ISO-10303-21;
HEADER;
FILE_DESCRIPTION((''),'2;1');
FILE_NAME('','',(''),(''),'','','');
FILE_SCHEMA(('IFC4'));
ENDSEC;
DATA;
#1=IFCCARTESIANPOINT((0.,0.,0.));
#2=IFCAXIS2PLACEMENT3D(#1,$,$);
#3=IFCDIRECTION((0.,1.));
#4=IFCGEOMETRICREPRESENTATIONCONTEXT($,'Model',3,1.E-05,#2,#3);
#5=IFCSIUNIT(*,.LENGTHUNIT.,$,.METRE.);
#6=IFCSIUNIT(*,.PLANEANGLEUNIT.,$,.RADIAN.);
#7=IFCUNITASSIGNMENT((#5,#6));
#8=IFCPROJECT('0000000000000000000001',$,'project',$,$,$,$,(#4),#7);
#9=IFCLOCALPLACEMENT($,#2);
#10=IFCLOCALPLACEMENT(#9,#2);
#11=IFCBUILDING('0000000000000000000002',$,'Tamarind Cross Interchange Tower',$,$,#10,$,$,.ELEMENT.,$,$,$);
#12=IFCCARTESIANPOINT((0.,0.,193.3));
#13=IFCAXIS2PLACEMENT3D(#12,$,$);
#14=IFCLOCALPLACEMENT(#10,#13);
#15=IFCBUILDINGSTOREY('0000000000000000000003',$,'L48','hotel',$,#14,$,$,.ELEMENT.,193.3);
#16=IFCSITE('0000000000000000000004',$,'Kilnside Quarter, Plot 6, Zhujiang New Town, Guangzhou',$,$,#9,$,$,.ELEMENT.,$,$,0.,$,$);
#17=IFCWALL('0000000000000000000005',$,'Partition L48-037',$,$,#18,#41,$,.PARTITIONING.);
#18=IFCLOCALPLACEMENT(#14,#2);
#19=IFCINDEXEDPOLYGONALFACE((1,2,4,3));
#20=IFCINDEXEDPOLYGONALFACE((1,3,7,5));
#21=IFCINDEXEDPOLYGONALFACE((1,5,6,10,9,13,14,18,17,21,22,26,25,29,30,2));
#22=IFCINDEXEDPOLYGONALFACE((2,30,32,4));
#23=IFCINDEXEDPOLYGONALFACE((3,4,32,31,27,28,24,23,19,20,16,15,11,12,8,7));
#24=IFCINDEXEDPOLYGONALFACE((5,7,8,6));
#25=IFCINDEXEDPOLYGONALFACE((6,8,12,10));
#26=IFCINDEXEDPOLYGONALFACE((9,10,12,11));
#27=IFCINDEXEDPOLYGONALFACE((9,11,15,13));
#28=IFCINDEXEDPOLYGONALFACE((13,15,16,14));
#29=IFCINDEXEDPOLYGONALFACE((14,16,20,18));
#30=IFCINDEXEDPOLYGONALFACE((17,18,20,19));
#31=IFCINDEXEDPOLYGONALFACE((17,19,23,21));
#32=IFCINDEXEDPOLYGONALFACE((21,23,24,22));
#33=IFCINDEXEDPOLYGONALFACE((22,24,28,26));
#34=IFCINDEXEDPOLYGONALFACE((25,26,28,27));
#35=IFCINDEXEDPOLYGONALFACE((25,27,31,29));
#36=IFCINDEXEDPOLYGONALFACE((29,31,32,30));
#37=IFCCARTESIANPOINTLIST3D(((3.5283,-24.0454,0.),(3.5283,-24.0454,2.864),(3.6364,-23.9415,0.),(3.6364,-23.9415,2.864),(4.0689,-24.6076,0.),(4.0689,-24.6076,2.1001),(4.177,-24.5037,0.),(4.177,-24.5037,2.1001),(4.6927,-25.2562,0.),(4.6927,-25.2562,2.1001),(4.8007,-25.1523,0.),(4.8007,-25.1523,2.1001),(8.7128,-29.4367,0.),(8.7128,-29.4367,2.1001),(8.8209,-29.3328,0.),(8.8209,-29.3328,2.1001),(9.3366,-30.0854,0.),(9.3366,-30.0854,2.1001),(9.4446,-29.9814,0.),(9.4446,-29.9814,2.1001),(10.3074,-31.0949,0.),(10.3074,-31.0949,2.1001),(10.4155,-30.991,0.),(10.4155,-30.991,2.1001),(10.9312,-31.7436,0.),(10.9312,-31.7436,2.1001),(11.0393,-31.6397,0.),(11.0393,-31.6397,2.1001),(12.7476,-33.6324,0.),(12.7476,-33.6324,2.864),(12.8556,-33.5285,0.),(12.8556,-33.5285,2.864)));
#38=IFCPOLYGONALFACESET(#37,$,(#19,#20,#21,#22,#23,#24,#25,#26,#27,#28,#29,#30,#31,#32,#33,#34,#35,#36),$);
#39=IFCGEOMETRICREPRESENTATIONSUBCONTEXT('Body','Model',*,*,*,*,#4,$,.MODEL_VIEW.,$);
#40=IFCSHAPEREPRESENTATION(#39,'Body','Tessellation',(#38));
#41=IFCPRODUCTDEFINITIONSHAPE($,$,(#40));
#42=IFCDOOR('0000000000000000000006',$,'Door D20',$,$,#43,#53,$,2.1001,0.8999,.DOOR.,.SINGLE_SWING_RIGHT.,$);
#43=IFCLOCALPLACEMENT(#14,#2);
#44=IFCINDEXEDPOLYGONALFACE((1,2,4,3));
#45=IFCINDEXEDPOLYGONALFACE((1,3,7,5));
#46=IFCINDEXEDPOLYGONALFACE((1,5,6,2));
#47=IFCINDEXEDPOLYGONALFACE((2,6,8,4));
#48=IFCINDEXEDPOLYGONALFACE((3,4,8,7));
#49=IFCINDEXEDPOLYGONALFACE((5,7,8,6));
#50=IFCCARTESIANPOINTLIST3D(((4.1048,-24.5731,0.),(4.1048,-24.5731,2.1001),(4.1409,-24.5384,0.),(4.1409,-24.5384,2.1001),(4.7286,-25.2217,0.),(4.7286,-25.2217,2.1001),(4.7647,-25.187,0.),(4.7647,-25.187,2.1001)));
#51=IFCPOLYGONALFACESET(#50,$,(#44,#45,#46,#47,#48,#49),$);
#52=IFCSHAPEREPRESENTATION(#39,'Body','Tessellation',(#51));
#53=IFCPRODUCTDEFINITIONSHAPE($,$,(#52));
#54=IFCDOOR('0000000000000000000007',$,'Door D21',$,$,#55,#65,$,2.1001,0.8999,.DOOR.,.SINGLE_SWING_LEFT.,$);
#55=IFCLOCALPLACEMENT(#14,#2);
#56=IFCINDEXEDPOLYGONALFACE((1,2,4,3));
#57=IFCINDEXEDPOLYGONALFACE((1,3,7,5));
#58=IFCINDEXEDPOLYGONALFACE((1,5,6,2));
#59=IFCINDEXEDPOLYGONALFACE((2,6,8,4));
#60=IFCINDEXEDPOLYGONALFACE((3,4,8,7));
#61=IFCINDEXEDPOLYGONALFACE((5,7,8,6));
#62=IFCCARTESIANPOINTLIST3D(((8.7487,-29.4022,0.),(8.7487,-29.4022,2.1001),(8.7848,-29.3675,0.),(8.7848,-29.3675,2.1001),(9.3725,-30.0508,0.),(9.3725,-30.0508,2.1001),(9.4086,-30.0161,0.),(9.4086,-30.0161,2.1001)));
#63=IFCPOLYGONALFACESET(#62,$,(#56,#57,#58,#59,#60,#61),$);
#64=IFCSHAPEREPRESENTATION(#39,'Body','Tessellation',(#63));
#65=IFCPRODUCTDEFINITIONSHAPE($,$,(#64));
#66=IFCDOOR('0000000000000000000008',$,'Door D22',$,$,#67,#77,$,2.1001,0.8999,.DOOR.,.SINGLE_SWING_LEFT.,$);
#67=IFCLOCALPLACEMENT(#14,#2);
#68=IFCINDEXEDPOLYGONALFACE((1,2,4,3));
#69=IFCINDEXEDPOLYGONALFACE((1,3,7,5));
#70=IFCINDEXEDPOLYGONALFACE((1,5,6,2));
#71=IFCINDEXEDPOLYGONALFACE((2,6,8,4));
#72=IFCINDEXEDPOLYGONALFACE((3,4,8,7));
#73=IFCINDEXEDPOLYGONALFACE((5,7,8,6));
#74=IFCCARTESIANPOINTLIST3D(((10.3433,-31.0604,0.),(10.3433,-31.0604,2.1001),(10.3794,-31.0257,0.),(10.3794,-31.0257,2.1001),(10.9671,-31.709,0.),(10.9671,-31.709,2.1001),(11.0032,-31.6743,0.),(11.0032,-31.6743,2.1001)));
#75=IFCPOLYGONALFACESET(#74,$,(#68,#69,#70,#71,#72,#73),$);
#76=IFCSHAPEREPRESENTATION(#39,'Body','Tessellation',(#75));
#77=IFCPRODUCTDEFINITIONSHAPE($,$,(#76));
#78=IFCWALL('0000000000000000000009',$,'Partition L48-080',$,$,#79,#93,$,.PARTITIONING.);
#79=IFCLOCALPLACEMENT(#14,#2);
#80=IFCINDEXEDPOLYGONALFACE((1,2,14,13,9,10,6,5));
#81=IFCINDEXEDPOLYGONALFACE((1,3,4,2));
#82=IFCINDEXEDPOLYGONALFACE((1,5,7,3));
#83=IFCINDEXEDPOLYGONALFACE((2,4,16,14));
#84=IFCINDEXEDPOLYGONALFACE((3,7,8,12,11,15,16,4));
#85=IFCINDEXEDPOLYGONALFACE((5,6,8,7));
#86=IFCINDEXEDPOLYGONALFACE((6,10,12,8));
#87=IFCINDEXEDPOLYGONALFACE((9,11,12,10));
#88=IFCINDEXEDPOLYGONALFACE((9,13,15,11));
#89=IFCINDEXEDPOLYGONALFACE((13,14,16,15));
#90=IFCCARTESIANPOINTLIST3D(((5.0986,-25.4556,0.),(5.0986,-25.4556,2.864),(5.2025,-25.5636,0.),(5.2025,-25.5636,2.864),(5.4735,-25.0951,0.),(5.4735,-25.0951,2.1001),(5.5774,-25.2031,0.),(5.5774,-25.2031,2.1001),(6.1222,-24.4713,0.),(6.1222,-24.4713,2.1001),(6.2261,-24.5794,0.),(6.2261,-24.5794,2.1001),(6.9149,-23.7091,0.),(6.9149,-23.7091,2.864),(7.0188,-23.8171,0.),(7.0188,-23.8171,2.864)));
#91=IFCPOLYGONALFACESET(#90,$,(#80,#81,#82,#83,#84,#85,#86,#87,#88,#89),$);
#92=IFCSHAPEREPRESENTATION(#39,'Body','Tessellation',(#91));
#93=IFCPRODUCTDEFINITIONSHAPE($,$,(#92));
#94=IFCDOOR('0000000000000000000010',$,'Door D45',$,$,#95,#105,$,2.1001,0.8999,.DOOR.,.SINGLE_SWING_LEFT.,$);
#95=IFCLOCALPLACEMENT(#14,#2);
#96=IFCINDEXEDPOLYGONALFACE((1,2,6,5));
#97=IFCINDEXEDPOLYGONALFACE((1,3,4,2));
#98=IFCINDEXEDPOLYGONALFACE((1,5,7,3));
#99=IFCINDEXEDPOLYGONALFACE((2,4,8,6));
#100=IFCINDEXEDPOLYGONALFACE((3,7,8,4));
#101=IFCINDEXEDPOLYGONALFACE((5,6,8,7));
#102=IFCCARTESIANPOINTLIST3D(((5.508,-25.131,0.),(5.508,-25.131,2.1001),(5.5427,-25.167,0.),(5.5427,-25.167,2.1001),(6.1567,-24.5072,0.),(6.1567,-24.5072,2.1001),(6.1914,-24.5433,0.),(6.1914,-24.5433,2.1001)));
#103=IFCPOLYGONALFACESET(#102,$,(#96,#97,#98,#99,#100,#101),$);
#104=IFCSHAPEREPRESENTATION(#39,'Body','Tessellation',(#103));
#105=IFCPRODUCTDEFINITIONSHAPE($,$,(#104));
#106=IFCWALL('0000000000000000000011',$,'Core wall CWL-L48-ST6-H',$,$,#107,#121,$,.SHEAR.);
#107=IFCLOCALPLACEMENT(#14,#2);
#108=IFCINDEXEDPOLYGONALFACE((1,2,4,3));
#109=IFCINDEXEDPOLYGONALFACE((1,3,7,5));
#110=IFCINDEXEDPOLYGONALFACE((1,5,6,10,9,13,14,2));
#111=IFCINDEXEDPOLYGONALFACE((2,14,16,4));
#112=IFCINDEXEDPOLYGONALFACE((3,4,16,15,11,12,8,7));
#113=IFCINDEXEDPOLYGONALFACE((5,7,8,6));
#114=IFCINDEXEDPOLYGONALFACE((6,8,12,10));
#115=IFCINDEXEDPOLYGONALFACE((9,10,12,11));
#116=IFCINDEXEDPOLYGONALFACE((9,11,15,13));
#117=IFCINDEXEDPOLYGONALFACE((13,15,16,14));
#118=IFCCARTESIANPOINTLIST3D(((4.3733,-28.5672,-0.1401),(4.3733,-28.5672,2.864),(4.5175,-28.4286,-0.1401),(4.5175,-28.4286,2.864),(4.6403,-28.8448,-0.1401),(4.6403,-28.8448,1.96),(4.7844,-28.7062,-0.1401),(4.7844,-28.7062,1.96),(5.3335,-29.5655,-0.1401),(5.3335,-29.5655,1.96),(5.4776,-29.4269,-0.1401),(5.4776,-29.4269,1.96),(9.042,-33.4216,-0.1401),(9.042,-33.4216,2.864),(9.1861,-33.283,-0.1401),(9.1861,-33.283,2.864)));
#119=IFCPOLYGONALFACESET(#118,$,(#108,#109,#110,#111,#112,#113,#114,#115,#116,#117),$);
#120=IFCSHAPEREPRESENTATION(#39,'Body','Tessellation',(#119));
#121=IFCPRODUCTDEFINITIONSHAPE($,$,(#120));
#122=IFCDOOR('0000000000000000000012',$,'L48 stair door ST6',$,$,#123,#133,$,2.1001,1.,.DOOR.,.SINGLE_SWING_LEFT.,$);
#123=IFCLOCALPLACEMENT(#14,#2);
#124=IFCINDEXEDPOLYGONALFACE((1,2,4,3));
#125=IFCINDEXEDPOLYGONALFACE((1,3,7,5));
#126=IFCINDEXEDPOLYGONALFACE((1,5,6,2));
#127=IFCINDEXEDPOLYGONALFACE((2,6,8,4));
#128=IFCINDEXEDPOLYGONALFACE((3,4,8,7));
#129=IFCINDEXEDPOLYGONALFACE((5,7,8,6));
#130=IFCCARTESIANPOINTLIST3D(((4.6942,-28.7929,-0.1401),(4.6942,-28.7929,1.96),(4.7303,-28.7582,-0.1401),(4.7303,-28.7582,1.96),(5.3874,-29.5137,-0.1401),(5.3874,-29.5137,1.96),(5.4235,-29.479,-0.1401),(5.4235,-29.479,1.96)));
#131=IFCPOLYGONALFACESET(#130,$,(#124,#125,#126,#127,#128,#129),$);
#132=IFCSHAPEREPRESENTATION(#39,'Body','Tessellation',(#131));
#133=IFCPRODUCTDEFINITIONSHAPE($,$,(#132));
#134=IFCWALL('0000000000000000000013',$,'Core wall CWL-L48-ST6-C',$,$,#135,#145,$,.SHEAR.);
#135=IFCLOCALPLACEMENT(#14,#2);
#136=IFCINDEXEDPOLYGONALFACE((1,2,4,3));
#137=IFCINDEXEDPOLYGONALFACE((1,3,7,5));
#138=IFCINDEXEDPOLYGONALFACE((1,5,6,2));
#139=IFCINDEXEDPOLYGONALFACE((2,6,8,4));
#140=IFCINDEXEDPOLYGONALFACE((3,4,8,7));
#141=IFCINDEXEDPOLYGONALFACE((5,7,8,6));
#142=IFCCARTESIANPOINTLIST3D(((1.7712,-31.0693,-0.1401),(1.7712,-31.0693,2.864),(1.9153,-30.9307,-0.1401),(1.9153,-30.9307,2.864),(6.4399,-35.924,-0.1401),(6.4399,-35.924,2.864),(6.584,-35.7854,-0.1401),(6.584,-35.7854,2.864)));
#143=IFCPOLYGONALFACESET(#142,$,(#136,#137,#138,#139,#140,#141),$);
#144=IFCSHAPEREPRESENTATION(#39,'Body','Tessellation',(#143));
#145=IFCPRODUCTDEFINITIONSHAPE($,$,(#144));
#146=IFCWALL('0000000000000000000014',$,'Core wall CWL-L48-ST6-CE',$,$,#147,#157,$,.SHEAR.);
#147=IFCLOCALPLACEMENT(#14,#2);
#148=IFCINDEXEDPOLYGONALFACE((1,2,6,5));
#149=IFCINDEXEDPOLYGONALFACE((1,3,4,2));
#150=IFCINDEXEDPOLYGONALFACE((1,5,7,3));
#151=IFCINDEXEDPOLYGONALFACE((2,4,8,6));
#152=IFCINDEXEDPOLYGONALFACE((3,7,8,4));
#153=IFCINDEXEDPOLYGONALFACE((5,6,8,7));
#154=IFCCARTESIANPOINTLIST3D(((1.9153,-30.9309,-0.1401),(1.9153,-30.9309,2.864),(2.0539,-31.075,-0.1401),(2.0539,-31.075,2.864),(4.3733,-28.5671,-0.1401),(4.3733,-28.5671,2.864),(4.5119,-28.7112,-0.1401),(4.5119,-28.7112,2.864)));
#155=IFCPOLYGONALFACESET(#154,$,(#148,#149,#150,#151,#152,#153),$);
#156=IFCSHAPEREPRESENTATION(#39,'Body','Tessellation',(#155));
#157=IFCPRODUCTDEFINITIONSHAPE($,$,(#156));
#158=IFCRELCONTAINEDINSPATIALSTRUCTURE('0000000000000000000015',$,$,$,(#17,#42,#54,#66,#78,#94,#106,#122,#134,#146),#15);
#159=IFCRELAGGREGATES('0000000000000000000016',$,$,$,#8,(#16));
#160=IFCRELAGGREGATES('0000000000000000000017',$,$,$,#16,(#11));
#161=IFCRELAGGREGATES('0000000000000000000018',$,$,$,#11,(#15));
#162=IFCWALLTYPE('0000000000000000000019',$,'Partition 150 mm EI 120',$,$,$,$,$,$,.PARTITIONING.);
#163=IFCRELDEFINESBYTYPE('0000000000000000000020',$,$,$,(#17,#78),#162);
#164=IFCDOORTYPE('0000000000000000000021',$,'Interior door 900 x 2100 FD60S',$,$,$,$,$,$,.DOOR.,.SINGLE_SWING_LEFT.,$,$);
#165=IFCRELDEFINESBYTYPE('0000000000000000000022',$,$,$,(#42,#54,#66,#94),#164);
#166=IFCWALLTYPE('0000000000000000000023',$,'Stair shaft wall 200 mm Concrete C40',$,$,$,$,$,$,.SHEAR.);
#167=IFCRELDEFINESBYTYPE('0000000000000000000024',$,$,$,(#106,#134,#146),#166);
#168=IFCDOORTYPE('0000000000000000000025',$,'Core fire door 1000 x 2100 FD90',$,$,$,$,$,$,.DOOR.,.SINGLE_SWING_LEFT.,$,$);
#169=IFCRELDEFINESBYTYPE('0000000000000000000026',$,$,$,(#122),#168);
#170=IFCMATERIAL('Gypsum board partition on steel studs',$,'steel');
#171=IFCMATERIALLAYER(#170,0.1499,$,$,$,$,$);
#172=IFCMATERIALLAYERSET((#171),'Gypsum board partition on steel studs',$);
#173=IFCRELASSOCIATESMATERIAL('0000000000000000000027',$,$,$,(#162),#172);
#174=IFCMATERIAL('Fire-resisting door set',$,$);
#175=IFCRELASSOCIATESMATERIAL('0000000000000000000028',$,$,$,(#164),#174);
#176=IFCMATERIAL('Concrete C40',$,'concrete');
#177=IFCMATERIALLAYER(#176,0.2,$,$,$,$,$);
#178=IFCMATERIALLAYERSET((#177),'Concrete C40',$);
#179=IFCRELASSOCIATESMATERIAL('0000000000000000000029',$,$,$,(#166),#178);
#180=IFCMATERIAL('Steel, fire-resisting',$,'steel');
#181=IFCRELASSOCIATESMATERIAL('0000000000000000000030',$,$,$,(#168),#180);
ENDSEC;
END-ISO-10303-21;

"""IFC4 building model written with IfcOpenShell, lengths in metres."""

from ifc_helpers import new_model, si_unit, direction, frame, frame_2d, origin, place, context, subcontext, project, spatial, rectangle, extrude, material, layer, layer_set, type_object, element, fill, save


model = new_model("IFC4")

# Units and contexts
model_context = context("Model", 3, precision=1e-05, world=origin(), true_north=direction((0.0, 1.0)))
body_context = subcontext(model_context, "Body", "Model", "MODEL_VIEW")
ifc_project = project(units=[si_unit("LENGTHUNIT", "METRE"), si_unit("PLANEANGLEUNIT", "RADIAN")], contexts=[model_context])

# Site, building, storey
site_placement = place(None, origin())
site = spatial("IfcSite", under=ifc_project, at=site_placement, Name="Kilnside Quarter, Plot 6, Zhujiang New Town, Guangzhou", CompositionType="ELEMENT", RefElevation=0.0)
building_placement = place(site_placement, origin())
building = spatial("IfcBuilding", under=site, at=building_placement, Name="Tamarind Cross Interchange Tower", CompositionType="ELEMENT")
storey_placement = place(building_placement, frame((0.0, 0.0, 193.3)))
storey = spatial("IfcBuildingStorey", under=building, at=storey_placement, Name="L48", Description="hotel", CompositionType="ELEMENT", Elevation=193.3)

# Shared definitions
ifc_material_1 = material(Name="Gypsum board partition on steel studs", Category="steel")
ifc_layer_1 = layer(ifc_material_1, 0.1499)
ifc_layer_set_1 = layer_set([ifc_layer_1], Name="Gypsum board partition on steel studs")
wall_type_1 = type_object("IfcWallType", Name="Partition 150 mm EI 120", PredefinedType="PARTITIONING", material=ifc_layer_set_1)
ifc_material_2 = material(Name="Fire-resisting door set")
door_type_1 = type_object("IfcDoorType", Name="Interior door 900 x 2100 FD60S", OperationType="SINGLE_SWING_LEFT", PredefinedType="DOOR", material=ifc_material_2)

# Wall, openings, doors
wall_1_placement = place(storey_placement, frame((3.5823, -23.9934, 0.0), z_axis=(0.0, 0.0, 1.0), x_axis=(0.69315, -0.720794, 0.0)))
wall_1 = element("IfcWall", 1, at=wall_1_placement, inside=storey, type_object=wall_type_1, Name="Partition L48-037", PredefinedType="PARTITIONING", context=body_context, shape_type="SweptSolid", body=[
    extrude(rectangle(XDim=13.3005, YDim=0.1499, at=frame_2d((6.6504, 0.0))), origin(), (0.0, 0.0, 1.0), 2.864),
])
opening_1_placement = place(wall_1_placement, frame((0.78, 0.0, 0.0)))
opening_1 = element("IfcOpeningElement", 2, at=opening_1_placement, cuts=wall_1, PredefinedType="OPENING", context=body_context, shape_type="SweptSolid", body=[
    extrude(rectangle(XDim=0.8999, YDim=2.1001, at=frame_2d((0.45, 1.05))), frame((0.0, 0.085, 0.0), z_axis=(0.0, -1.0, 0.0), x_axis=(1.0, 0.0, 0.0)), (0.0, 0.0, 1.0), 0.1699),
])
opening_2_placement = place(wall_1_placement, frame((7.4797, 0.0, 0.0)))
opening_2 = element("IfcOpeningElement", 3, at=opening_2_placement, cuts=wall_1, PredefinedType="OPENING", context=body_context, shape_type="SweptSolid", body=[
    extrude(rectangle(XDim=0.8999, YDim=2.1001, at=frame_2d((0.45, 1.05))), frame((0.0, 0.085, 0.0), z_axis=(0.0, -1.0, 0.0), x_axis=(1.0, 0.0, 0.0)), (0.0, 0.0, 1.0), 0.1699),
])
opening_3_placement = place(wall_1_placement, frame((9.7803, 0.0, 0.0)))
opening_3 = element("IfcOpeningElement", 4, at=opening_3_placement, cuts=wall_1, PredefinedType="OPENING", context=body_context, shape_type="SweptSolid", body=[
    extrude(rectangle(XDim=0.8999, YDim=2.1001, at=frame_2d((0.45, 1.05))), frame((0.0, 0.085, 0.0), z_axis=(0.0, -1.0, 0.0), x_axis=(1.0, 0.0, 0.0)), (0.0, 0.0, 1.0), 0.1699),
])
door_1_placement = place(opening_1_placement, origin())
door_1 = element("IfcDoor", 5, at=door_1_placement, inside=storey, type_object=door_type_1, Name="Door D20", OperationType="SINGLE_SWING_RIGHT", OverallHeight=2.1001, OverallWidth=0.8999, PredefinedType="DOOR", context=body_context, shape_type="SweptSolid", body=[
    extrude(rectangle(XDim=0.8999, YDim=2.1001, at=frame_2d((0.45, 1.05))), frame((0.0, 0.0249, 0.0), z_axis=(0.0, -1.0, 0.0), x_axis=(1.0, 0.0, 0.0)), (0.0, 0.0, 1.0), 0.05),
])
fill(opening_1, door_1)
door_2_placement = place(opening_2_placement, origin())
door_2 = element("IfcDoor", 6, at=door_2_placement, inside=storey, type_object=door_type_1, Name="Door D21", OperationType="SINGLE_SWING_LEFT", OverallHeight=2.1001, OverallWidth=0.8999, PredefinedType="DOOR", context=body_context, shape_type="SweptSolid", body=[
    extrude(rectangle(XDim=0.8999, YDim=2.1001, at=frame_2d((0.45, 1.05))), frame((0.0, 0.0249, 0.0), z_axis=(0.0, -1.0, 0.0), x_axis=(1.0, 0.0, 0.0)), (0.0, 0.0, 1.0), 0.05),
])
fill(opening_2, door_2)
door_3_placement = place(opening_3_placement, origin())
door_3 = element("IfcDoor", 7, at=door_3_placement, inside=storey, type_object=door_type_1, Name="Door D22", OperationType="SINGLE_SWING_LEFT", OverallHeight=2.1001, OverallWidth=0.8999, PredefinedType="DOOR", context=body_context, shape_type="SweptSolid", body=[
    extrude(rectangle(XDim=0.8999, YDim=2.1001, at=frame_2d((0.45, 1.05))), frame((0.0, 0.0249, 0.0), z_axis=(0.0, -1.0, 0.0), x_axis=(1.0, 0.0, 0.0)), (0.0, 0.0, 1.0), 0.05),
])
fill(opening_3, door_3)

# Walls, openings, doors
wall_2_placement = place(storey_placement, frame((5.1506, -25.5095, 0.0), z_axis=(0.0, 0.0, 1.0), x_axis=(0.720826, 0.693116, 0.0)))
wall_2 = element("IfcWall", 8, at=wall_2_placement, inside=storey, type_object=wall_type_1, Name="Partition L48-080", PredefinedType="PARTITIONING", context=body_context, shape_type="SweptSolid", body=[
    extrude(rectangle(XDim=2.5198, YDim=0.1499, at=frame_2d((1.2598, 0.0))), origin(), (0.0, 0.0, 1.0), 2.864),
])
opening_4_placement = place(wall_2_placement, frame((0.52, 0.0, 0.0)))
opening_4 = element("IfcOpeningElement", 9, at=opening_4_placement, cuts=wall_2, PredefinedType="OPENING", context=body_context, shape_type="SweptSolid", body=[
    extrude(rectangle(XDim=0.8999, YDim=2.1001, at=frame_2d((0.45, 1.05))), frame((0.0, 0.085, 0.0), z_axis=(0.0, -1.0, 0.0), x_axis=(1.0, 0.0, 0.0)), (0.0, 0.0, 1.0), 0.1699),
])
door_4_placement = place(opening_4_placement, frame((0.8999, 0.0, 0.0), z_axis=(0.0, 0.0, 1.0), x_axis=(-1.0, 0.0, 0.0)))
door_4 = element("IfcDoor", 10, at=door_4_placement, inside=storey, type_object=door_type_1, Name="Door D45", OperationType="SINGLE_SWING_LEFT", OverallHeight=2.1001, OverallWidth=0.8999, PredefinedType="DOOR", context=body_context, shape_type="SweptSolid", body=[
    extrude(rectangle(XDim=0.8999, YDim=2.1001, at=frame_2d((0.45, 1.05))), frame((0.0, 0.0249, 0.0), z_axis=(0.0, -1.0, 0.0), x_axis=(1.0, 0.0, 0.0)), (0.0, 0.0, 1.0), 0.05),
])
fill(opening_4, door_4)
ifc_material_3 = material(Name="Concrete C40", Category="concrete")
ifc_layer_2 = layer(ifc_material_3, 0.2)
ifc_layer_set_2 = layer_set([ifc_layer_2], Name="Concrete C40")
wall_type_2 = type_object("IfcWallType", Name="Stair shaft wall 200 mm Concrete C40", PredefinedType="SHEAR", material=ifc_layer_set_2)
wall_3_placement = place(storey_placement, frame((4.4453, -28.4978, -0.1401), z_axis=(0.0, 0.0, 1.0), x_axis=(0.69318, -0.720765, 0.0)))
wall_3 = element("IfcWall", 11, at=wall_3_placement, inside=storey, type_object=wall_type_2, Name="Core wall CWL-L48-ST6-H", PredefinedType="SHEAR", context=body_context, shape_type="SweptSolid", body=[
    extrude(rectangle(XDim=6.7351, YDim=0.2, at=frame_2d((3.3677, 0.0))), origin(), (0.0, 0.0, 1.0), 3.0042),
])
opening_5_placement = place(wall_3_placement, frame((0.3853, 0.0, 0.0)))
opening_5 = element("IfcOpeningElement", 12, at=opening_5_placement, cuts=wall_3, PredefinedType="OPENING", context=body_context, shape_type="SweptSolid", body=[
    extrude(rectangle(XDim=1.0, YDim=2.1001, at=frame_2d((0.5, 1.05))), frame((0.0, 0.1099, 0.0), z_axis=(0.0, -1.0, 0.0), x_axis=(1.0, 0.0, 0.0)), (0.0, 0.0, 1.0), 0.22),
])
ifc_material_4 = material(Name="Steel, fire-resisting", Category="steel")
door_type_2 = type_object("IfcDoorType", Name="Core fire door 1000 x 2100 FD90", OperationType="SINGLE_SWING_LEFT", PredefinedType="DOOR", material=ifc_material_4)
door_5_placement = place(opening_5_placement, origin())
door_5 = element("IfcDoor", 13, at=door_5_placement, inside=storey, type_object=door_type_2, Name="L48 stair door ST6", OperationType="SINGLE_SWING_LEFT", OverallHeight=2.1001, OverallWidth=1.0, PredefinedType="DOOR", context=body_context, shape_type="SweptSolid", body=[
    extrude(rectangle(XDim=1.0, YDim=2.1001, at=frame_2d((0.5, 1.05))), frame((0.0, 0.0249, 0.0), z_axis=(0.0, -1.0, 0.0), x_axis=(1.0, 0.0, 0.0)), (0.0, 0.0, 1.0), 0.05),
])
fill(opening_5, door_5)

# Walls
wall_4_placement = place(storey_placement, frame((1.8433, -31.0, -0.1401), z_axis=(0.0, 0.0, 1.0), x_axis=(0.693162, -0.720782, 0.0)))
element("IfcWall", 14, at=wall_4_placement, inside=storey, type_object=wall_type_2, Name="Core wall CWL-L48-ST6-C", PredefinedType="SHEAR", context=body_context, shape_type="SweptSolid", body=[
    extrude(rectangle(XDim=6.7354, YDim=0.2, at=frame_2d((3.3677, 0.0))), origin(), (0.0, 0.0, 1.0), 3.0042),
])
wall_5_placement = place(storey_placement, frame((1.9846, -31.0029, -0.1401), z_axis=(0.0, 0.0, 1.0), x_axis=(0.720789, 0.693154, 0.0)))
element("IfcWall", 15, at=wall_5_placement, inside=storey, type_object=wall_type_2, Name="Core wall CWL-L48-ST6-CE", PredefinedType="SHEAR", context=body_context, shape_type="SweptSolid", body=[
    extrude(rectangle(XDim=3.4102, YDim=0.2, at=frame_2d((1.7051, 0.0))), origin(), (0.0, 0.0, 1.0), 3.0042),
])

save(model, "model.ifc")
